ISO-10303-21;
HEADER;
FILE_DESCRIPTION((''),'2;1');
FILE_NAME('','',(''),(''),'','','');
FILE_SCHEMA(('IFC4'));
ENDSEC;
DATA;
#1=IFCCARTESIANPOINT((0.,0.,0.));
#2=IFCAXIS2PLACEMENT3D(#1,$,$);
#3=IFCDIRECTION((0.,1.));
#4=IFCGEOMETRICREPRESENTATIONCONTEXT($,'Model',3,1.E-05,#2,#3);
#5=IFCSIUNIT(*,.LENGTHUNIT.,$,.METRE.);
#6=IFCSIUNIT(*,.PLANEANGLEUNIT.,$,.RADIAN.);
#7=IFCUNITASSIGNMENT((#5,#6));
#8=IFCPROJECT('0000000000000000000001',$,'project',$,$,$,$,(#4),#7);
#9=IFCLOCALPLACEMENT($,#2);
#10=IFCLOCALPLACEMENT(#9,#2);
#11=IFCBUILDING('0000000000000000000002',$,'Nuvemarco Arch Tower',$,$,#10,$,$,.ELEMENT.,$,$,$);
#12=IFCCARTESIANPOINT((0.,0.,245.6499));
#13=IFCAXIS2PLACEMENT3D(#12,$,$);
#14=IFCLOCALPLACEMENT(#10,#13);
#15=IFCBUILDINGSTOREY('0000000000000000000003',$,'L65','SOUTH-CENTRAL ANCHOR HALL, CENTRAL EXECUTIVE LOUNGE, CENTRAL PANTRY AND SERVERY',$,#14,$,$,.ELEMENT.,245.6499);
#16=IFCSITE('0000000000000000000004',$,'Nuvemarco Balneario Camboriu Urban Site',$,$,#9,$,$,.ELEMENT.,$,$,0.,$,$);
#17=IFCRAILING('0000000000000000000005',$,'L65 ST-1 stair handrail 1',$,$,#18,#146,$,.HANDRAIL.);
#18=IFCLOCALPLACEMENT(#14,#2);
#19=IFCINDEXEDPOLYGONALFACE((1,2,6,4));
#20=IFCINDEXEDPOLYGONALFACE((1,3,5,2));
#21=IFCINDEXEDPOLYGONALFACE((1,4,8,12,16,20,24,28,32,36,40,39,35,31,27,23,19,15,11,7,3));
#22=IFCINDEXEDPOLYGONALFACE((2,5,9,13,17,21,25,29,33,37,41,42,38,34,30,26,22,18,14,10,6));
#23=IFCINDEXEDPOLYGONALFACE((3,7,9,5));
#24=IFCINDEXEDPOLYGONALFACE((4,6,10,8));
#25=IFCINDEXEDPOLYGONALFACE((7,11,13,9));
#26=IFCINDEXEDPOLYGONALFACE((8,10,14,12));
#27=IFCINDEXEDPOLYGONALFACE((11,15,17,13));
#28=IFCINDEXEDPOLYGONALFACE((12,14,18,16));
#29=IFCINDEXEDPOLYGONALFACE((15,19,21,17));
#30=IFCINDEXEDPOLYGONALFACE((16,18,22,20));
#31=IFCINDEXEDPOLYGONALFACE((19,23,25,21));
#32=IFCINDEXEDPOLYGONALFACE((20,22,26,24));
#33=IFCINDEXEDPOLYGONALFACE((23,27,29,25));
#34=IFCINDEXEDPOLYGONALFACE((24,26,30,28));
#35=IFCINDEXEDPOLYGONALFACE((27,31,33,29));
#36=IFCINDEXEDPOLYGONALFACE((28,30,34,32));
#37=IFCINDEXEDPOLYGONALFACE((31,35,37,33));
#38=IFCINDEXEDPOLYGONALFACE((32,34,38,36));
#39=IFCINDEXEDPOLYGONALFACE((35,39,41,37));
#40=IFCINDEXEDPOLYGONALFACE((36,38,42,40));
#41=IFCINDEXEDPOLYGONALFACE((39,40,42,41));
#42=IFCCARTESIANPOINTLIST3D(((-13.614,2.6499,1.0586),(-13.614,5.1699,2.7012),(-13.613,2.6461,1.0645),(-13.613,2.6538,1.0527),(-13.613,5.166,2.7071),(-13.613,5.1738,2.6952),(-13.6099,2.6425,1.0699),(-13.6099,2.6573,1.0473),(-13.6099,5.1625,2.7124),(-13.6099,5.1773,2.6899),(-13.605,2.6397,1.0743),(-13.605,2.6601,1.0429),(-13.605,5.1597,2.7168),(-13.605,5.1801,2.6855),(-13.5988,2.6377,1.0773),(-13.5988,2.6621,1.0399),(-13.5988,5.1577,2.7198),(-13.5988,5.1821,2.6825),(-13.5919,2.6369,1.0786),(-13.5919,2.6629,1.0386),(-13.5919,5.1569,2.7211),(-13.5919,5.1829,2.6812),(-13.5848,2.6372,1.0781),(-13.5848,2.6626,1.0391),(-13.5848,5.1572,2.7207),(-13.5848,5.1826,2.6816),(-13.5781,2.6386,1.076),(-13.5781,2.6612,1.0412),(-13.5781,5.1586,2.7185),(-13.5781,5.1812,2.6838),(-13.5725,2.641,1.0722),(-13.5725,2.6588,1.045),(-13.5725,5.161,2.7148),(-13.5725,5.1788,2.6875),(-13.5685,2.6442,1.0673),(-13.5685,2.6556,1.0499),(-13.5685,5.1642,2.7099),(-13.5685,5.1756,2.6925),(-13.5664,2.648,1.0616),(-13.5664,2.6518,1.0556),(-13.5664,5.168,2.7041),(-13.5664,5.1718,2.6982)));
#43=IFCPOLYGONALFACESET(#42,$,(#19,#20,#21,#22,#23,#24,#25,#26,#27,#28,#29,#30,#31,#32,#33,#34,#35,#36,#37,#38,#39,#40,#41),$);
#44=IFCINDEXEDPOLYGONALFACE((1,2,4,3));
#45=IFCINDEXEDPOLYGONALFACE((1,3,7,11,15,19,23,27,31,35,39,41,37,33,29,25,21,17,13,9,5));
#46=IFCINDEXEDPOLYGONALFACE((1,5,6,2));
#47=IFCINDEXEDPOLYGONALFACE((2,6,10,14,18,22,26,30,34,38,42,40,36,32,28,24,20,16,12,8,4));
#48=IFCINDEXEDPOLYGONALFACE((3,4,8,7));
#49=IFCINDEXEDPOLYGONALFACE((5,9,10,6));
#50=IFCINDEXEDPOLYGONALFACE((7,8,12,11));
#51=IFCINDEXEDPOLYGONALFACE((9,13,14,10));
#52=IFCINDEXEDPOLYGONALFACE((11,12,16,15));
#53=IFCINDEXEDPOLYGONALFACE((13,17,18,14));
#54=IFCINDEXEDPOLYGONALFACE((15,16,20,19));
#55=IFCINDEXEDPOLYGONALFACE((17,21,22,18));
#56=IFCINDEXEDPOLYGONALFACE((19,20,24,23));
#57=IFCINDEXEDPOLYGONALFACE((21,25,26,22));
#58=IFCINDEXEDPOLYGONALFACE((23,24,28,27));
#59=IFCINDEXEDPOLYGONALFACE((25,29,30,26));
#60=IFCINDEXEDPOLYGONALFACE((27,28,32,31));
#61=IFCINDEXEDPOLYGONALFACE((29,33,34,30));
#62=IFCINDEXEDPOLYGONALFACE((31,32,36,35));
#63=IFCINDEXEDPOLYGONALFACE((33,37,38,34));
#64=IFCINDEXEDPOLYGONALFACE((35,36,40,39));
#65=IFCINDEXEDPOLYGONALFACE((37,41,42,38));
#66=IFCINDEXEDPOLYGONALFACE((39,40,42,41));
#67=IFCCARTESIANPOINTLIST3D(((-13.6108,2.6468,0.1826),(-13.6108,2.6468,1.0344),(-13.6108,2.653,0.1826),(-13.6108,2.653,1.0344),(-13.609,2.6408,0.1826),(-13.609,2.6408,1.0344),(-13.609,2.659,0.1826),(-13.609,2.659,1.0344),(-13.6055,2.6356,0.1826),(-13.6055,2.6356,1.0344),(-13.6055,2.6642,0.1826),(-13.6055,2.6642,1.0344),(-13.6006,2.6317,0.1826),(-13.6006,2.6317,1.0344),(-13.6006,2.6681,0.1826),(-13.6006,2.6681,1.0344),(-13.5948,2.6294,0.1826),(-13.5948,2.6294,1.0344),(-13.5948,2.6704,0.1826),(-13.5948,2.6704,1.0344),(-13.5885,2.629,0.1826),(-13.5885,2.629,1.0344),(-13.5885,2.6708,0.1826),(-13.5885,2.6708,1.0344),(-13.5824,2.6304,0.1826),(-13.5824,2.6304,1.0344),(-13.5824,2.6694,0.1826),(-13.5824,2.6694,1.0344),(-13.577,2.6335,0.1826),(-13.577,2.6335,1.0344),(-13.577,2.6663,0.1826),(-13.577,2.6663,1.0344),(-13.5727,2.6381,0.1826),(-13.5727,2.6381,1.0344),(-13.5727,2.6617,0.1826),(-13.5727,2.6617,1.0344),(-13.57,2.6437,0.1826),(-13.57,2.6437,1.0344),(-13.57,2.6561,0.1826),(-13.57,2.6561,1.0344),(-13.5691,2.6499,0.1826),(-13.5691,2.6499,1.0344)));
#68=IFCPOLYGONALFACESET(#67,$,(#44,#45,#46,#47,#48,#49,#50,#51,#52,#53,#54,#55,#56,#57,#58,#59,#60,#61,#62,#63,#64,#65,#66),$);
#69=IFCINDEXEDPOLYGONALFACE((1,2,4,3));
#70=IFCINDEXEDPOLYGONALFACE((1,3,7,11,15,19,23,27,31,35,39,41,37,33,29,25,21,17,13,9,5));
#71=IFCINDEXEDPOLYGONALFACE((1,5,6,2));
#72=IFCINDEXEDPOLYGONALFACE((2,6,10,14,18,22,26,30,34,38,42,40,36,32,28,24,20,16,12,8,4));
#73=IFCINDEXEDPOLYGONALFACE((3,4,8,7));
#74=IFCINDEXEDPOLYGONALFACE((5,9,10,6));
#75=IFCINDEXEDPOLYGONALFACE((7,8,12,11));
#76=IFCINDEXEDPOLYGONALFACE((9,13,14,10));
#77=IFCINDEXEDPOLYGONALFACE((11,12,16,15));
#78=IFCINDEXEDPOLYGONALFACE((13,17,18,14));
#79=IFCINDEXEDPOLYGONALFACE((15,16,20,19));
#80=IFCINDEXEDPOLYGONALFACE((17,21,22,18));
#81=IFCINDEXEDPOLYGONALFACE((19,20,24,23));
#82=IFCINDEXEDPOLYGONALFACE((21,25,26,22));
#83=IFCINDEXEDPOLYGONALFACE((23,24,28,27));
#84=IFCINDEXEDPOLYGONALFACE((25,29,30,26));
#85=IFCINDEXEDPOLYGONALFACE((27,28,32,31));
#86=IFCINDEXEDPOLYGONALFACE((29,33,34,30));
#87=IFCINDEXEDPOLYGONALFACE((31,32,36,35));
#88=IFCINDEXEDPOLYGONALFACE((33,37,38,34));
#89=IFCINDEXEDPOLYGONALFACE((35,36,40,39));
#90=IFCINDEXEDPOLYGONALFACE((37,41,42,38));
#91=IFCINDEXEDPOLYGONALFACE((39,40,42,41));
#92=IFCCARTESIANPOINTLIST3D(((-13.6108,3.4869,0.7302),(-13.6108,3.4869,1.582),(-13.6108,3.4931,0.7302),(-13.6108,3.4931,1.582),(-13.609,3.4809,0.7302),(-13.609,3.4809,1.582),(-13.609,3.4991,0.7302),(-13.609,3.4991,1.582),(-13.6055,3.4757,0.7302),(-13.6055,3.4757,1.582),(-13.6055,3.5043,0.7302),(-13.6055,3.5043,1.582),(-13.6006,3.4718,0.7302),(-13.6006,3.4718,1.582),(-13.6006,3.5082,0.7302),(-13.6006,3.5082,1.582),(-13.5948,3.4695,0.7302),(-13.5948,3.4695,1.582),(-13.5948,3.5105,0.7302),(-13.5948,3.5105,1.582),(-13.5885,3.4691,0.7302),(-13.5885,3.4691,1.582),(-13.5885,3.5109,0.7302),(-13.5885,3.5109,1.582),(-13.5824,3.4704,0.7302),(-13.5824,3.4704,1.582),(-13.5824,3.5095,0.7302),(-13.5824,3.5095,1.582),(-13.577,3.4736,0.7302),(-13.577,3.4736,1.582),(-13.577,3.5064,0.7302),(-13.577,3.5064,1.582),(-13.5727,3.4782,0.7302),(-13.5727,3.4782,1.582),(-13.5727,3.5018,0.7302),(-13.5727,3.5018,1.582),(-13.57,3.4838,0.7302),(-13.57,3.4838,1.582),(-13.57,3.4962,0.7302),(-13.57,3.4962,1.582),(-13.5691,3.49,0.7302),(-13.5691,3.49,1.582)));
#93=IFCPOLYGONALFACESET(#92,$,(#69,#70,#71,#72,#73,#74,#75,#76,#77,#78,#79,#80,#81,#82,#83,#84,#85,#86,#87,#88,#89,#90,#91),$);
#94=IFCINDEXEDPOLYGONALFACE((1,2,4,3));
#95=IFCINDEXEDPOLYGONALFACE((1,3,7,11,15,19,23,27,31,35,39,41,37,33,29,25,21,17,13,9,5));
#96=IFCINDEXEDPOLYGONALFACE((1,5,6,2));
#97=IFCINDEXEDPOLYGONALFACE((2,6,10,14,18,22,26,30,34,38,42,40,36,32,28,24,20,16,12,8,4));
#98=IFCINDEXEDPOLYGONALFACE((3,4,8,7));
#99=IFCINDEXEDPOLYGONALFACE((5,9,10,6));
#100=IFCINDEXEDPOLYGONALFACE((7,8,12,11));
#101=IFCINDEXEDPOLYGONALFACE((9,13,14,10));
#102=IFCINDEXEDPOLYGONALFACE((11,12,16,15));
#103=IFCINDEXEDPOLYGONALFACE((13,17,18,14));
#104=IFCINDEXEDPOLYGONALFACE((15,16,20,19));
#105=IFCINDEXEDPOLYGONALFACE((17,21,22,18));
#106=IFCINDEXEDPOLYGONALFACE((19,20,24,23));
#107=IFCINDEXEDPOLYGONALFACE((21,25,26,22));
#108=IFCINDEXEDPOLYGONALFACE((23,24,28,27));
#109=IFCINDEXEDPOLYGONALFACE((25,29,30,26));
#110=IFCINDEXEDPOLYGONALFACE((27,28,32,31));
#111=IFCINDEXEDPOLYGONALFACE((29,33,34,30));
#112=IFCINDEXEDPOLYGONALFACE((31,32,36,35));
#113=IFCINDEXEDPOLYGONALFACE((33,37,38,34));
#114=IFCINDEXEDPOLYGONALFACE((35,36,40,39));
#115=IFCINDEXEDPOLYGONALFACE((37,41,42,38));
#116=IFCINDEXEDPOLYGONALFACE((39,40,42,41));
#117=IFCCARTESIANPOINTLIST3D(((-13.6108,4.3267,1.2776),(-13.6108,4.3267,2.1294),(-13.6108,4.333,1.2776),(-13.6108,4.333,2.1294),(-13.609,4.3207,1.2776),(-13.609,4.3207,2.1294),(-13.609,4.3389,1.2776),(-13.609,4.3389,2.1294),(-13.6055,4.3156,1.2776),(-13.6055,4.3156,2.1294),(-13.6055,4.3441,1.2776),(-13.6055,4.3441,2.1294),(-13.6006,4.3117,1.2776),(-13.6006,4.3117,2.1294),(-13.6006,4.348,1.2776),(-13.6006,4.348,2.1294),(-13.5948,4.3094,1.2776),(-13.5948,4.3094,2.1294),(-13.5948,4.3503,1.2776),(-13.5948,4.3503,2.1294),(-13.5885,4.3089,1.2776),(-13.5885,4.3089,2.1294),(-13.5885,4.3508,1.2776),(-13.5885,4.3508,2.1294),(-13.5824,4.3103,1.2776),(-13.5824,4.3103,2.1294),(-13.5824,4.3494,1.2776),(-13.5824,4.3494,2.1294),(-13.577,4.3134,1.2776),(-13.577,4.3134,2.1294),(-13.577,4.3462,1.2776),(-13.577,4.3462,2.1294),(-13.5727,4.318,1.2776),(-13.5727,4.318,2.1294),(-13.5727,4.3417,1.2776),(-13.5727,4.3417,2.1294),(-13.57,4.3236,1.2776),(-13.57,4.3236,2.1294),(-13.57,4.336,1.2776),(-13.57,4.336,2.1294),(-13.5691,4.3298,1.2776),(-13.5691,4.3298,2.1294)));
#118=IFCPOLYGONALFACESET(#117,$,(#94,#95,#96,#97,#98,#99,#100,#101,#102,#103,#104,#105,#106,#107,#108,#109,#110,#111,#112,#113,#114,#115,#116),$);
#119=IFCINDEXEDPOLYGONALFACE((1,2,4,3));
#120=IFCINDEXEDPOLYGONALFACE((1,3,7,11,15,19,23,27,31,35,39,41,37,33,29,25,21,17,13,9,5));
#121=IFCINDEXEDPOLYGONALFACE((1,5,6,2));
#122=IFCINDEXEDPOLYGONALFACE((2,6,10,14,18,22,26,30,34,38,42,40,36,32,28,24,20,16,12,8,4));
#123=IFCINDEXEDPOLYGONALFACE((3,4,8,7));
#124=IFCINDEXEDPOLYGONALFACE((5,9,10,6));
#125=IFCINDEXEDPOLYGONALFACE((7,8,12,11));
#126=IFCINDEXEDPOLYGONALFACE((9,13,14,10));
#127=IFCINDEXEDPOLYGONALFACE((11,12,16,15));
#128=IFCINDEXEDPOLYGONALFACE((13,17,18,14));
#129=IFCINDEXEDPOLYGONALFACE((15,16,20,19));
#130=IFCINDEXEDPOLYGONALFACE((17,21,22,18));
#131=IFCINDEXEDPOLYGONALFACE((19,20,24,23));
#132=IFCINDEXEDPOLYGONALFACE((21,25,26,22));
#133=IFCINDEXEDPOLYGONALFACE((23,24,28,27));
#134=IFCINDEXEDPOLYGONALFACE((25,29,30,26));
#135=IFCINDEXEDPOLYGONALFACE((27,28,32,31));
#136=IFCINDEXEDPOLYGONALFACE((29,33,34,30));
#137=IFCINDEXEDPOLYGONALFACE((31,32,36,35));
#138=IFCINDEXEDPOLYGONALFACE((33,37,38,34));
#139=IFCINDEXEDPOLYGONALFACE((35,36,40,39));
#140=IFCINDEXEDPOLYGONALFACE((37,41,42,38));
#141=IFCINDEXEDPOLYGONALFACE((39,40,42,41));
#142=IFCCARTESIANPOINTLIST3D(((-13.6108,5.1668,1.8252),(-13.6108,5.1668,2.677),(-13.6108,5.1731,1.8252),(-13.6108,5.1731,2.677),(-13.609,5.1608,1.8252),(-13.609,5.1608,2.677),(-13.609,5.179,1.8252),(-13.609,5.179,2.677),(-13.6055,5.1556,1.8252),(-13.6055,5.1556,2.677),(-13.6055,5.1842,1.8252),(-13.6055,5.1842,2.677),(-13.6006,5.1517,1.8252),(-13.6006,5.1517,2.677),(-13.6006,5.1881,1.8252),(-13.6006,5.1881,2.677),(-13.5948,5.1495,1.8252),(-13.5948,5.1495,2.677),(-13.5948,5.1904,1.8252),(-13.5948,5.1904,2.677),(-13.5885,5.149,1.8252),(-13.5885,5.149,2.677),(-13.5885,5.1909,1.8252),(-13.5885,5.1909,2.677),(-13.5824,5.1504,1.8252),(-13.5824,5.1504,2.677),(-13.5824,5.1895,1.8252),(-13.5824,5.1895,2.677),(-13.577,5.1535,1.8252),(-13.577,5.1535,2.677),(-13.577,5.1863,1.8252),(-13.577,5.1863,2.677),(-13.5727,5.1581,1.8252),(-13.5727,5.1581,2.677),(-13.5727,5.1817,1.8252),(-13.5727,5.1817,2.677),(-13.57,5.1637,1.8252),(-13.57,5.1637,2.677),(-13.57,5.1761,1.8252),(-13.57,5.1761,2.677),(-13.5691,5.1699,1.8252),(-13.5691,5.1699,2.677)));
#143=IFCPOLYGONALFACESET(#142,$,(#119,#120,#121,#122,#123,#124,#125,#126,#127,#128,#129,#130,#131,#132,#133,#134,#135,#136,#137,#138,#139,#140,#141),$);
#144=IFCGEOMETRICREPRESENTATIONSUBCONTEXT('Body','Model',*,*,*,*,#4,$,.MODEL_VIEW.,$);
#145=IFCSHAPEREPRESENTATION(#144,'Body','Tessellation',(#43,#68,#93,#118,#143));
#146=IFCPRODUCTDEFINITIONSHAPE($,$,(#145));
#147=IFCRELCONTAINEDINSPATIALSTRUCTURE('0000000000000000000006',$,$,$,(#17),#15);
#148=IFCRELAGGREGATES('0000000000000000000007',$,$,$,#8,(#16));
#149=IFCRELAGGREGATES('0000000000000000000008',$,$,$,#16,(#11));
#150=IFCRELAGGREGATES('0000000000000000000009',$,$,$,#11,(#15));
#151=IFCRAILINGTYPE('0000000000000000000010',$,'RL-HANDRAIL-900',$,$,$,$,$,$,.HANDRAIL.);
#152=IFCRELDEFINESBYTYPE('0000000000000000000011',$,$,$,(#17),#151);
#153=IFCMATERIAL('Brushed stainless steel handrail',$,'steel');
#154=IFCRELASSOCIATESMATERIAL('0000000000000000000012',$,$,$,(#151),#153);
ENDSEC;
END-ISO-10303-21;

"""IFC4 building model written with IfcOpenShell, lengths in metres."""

from ifc_helpers import new_model, si_unit, direction, frame, origin, origin_2d, place, context, subcontext, project, spatial, circle, extrude, material, type_object, element, save


model = new_model("IFC4")

# Units and contexts
model_context = context("Model", 3, precision=1e-05, world=origin(), true_north=direction((0.0, 1.0)))
body_context = subcontext(model_context, "Body", "Model", "MODEL_VIEW")
ifc_project = project(units=[si_unit("LENGTHUNIT", "METRE"), si_unit("PLANEANGLEUNIT", "RADIAN")], contexts=[model_context])

# Site, building, storey
site_placement = place(None, origin())
site = spatial("IfcSite", under=ifc_project, at=site_placement, Name="Nuvemarco Balneario Camboriu Urban Site", CompositionType="ELEMENT", RefElevation=0.0)
building_placement = place(site_placement, origin())
building = spatial("IfcBuilding", under=site, at=building_placement, Name="Nuvemarco Arch Tower", CompositionType="ELEMENT")
storey_placement = place(building_placement, frame((0.0, 0.0, 245.6499)))
storey = spatial("IfcBuildingStorey", under=building, at=storey_placement, Name="L65", Description="SOUTH-CENTRAL ANCHOR HALL, CENTRAL EXECUTIVE LOUNGE, CENTRAL PANTRY AND SERVERY", CompositionType="ELEMENT", Elevation=245.6499)

# Railing
ifc_material_1 = material(Name="Brushed stainless steel handrail", Category="steel")
railing_type_1 = type_object("IfcRailingType", Name="RL-HANDRAIL-900", PredefinedType="HANDRAIL", material=ifc_material_1)
railing_1_placement = place(storey_placement, frame((-13.5901, 2.6499, 0.1826)))
element("IfcRailing", 1, at=railing_1_placement, inside=storey, type_object=railing_type_1, Name="L65 ST-1 stair handrail 1", PredefinedType="HANDRAIL", context=body_context, shape_type="SweptSolid", body=[
    extrude(circle(Radius=0.0239, at=origin_2d()), frame((0.0, 0.0, 0.876), z_axis=(0.0, 0.837749, 0.546055), x_axis=(-1.0, 0.0, 0.0)), (0.0, 0.0, 1.0), 3.0081),
    extrude(circle(Radius=0.021, at=origin_2d()), origin(), (0.0, 0.0, 1.0), 0.8518),
    extrude(circle(Radius=0.021, at=origin_2d()), frame((0.0, 0.8401, 0.5476)), (0.0, 0.0, 1.0), 0.8518),
    extrude(circle(Radius=0.021, at=origin_2d()), frame((0.0, 1.6799, 1.095)), (0.0, 0.0, 1.0), 0.8518),
    extrude(circle(Radius=0.021, at=origin_2d()), frame((0.0, 2.52, 1.6426)), (0.0, 0.0, 1.0), 0.8518),
])

save(model, "model.ifc")
